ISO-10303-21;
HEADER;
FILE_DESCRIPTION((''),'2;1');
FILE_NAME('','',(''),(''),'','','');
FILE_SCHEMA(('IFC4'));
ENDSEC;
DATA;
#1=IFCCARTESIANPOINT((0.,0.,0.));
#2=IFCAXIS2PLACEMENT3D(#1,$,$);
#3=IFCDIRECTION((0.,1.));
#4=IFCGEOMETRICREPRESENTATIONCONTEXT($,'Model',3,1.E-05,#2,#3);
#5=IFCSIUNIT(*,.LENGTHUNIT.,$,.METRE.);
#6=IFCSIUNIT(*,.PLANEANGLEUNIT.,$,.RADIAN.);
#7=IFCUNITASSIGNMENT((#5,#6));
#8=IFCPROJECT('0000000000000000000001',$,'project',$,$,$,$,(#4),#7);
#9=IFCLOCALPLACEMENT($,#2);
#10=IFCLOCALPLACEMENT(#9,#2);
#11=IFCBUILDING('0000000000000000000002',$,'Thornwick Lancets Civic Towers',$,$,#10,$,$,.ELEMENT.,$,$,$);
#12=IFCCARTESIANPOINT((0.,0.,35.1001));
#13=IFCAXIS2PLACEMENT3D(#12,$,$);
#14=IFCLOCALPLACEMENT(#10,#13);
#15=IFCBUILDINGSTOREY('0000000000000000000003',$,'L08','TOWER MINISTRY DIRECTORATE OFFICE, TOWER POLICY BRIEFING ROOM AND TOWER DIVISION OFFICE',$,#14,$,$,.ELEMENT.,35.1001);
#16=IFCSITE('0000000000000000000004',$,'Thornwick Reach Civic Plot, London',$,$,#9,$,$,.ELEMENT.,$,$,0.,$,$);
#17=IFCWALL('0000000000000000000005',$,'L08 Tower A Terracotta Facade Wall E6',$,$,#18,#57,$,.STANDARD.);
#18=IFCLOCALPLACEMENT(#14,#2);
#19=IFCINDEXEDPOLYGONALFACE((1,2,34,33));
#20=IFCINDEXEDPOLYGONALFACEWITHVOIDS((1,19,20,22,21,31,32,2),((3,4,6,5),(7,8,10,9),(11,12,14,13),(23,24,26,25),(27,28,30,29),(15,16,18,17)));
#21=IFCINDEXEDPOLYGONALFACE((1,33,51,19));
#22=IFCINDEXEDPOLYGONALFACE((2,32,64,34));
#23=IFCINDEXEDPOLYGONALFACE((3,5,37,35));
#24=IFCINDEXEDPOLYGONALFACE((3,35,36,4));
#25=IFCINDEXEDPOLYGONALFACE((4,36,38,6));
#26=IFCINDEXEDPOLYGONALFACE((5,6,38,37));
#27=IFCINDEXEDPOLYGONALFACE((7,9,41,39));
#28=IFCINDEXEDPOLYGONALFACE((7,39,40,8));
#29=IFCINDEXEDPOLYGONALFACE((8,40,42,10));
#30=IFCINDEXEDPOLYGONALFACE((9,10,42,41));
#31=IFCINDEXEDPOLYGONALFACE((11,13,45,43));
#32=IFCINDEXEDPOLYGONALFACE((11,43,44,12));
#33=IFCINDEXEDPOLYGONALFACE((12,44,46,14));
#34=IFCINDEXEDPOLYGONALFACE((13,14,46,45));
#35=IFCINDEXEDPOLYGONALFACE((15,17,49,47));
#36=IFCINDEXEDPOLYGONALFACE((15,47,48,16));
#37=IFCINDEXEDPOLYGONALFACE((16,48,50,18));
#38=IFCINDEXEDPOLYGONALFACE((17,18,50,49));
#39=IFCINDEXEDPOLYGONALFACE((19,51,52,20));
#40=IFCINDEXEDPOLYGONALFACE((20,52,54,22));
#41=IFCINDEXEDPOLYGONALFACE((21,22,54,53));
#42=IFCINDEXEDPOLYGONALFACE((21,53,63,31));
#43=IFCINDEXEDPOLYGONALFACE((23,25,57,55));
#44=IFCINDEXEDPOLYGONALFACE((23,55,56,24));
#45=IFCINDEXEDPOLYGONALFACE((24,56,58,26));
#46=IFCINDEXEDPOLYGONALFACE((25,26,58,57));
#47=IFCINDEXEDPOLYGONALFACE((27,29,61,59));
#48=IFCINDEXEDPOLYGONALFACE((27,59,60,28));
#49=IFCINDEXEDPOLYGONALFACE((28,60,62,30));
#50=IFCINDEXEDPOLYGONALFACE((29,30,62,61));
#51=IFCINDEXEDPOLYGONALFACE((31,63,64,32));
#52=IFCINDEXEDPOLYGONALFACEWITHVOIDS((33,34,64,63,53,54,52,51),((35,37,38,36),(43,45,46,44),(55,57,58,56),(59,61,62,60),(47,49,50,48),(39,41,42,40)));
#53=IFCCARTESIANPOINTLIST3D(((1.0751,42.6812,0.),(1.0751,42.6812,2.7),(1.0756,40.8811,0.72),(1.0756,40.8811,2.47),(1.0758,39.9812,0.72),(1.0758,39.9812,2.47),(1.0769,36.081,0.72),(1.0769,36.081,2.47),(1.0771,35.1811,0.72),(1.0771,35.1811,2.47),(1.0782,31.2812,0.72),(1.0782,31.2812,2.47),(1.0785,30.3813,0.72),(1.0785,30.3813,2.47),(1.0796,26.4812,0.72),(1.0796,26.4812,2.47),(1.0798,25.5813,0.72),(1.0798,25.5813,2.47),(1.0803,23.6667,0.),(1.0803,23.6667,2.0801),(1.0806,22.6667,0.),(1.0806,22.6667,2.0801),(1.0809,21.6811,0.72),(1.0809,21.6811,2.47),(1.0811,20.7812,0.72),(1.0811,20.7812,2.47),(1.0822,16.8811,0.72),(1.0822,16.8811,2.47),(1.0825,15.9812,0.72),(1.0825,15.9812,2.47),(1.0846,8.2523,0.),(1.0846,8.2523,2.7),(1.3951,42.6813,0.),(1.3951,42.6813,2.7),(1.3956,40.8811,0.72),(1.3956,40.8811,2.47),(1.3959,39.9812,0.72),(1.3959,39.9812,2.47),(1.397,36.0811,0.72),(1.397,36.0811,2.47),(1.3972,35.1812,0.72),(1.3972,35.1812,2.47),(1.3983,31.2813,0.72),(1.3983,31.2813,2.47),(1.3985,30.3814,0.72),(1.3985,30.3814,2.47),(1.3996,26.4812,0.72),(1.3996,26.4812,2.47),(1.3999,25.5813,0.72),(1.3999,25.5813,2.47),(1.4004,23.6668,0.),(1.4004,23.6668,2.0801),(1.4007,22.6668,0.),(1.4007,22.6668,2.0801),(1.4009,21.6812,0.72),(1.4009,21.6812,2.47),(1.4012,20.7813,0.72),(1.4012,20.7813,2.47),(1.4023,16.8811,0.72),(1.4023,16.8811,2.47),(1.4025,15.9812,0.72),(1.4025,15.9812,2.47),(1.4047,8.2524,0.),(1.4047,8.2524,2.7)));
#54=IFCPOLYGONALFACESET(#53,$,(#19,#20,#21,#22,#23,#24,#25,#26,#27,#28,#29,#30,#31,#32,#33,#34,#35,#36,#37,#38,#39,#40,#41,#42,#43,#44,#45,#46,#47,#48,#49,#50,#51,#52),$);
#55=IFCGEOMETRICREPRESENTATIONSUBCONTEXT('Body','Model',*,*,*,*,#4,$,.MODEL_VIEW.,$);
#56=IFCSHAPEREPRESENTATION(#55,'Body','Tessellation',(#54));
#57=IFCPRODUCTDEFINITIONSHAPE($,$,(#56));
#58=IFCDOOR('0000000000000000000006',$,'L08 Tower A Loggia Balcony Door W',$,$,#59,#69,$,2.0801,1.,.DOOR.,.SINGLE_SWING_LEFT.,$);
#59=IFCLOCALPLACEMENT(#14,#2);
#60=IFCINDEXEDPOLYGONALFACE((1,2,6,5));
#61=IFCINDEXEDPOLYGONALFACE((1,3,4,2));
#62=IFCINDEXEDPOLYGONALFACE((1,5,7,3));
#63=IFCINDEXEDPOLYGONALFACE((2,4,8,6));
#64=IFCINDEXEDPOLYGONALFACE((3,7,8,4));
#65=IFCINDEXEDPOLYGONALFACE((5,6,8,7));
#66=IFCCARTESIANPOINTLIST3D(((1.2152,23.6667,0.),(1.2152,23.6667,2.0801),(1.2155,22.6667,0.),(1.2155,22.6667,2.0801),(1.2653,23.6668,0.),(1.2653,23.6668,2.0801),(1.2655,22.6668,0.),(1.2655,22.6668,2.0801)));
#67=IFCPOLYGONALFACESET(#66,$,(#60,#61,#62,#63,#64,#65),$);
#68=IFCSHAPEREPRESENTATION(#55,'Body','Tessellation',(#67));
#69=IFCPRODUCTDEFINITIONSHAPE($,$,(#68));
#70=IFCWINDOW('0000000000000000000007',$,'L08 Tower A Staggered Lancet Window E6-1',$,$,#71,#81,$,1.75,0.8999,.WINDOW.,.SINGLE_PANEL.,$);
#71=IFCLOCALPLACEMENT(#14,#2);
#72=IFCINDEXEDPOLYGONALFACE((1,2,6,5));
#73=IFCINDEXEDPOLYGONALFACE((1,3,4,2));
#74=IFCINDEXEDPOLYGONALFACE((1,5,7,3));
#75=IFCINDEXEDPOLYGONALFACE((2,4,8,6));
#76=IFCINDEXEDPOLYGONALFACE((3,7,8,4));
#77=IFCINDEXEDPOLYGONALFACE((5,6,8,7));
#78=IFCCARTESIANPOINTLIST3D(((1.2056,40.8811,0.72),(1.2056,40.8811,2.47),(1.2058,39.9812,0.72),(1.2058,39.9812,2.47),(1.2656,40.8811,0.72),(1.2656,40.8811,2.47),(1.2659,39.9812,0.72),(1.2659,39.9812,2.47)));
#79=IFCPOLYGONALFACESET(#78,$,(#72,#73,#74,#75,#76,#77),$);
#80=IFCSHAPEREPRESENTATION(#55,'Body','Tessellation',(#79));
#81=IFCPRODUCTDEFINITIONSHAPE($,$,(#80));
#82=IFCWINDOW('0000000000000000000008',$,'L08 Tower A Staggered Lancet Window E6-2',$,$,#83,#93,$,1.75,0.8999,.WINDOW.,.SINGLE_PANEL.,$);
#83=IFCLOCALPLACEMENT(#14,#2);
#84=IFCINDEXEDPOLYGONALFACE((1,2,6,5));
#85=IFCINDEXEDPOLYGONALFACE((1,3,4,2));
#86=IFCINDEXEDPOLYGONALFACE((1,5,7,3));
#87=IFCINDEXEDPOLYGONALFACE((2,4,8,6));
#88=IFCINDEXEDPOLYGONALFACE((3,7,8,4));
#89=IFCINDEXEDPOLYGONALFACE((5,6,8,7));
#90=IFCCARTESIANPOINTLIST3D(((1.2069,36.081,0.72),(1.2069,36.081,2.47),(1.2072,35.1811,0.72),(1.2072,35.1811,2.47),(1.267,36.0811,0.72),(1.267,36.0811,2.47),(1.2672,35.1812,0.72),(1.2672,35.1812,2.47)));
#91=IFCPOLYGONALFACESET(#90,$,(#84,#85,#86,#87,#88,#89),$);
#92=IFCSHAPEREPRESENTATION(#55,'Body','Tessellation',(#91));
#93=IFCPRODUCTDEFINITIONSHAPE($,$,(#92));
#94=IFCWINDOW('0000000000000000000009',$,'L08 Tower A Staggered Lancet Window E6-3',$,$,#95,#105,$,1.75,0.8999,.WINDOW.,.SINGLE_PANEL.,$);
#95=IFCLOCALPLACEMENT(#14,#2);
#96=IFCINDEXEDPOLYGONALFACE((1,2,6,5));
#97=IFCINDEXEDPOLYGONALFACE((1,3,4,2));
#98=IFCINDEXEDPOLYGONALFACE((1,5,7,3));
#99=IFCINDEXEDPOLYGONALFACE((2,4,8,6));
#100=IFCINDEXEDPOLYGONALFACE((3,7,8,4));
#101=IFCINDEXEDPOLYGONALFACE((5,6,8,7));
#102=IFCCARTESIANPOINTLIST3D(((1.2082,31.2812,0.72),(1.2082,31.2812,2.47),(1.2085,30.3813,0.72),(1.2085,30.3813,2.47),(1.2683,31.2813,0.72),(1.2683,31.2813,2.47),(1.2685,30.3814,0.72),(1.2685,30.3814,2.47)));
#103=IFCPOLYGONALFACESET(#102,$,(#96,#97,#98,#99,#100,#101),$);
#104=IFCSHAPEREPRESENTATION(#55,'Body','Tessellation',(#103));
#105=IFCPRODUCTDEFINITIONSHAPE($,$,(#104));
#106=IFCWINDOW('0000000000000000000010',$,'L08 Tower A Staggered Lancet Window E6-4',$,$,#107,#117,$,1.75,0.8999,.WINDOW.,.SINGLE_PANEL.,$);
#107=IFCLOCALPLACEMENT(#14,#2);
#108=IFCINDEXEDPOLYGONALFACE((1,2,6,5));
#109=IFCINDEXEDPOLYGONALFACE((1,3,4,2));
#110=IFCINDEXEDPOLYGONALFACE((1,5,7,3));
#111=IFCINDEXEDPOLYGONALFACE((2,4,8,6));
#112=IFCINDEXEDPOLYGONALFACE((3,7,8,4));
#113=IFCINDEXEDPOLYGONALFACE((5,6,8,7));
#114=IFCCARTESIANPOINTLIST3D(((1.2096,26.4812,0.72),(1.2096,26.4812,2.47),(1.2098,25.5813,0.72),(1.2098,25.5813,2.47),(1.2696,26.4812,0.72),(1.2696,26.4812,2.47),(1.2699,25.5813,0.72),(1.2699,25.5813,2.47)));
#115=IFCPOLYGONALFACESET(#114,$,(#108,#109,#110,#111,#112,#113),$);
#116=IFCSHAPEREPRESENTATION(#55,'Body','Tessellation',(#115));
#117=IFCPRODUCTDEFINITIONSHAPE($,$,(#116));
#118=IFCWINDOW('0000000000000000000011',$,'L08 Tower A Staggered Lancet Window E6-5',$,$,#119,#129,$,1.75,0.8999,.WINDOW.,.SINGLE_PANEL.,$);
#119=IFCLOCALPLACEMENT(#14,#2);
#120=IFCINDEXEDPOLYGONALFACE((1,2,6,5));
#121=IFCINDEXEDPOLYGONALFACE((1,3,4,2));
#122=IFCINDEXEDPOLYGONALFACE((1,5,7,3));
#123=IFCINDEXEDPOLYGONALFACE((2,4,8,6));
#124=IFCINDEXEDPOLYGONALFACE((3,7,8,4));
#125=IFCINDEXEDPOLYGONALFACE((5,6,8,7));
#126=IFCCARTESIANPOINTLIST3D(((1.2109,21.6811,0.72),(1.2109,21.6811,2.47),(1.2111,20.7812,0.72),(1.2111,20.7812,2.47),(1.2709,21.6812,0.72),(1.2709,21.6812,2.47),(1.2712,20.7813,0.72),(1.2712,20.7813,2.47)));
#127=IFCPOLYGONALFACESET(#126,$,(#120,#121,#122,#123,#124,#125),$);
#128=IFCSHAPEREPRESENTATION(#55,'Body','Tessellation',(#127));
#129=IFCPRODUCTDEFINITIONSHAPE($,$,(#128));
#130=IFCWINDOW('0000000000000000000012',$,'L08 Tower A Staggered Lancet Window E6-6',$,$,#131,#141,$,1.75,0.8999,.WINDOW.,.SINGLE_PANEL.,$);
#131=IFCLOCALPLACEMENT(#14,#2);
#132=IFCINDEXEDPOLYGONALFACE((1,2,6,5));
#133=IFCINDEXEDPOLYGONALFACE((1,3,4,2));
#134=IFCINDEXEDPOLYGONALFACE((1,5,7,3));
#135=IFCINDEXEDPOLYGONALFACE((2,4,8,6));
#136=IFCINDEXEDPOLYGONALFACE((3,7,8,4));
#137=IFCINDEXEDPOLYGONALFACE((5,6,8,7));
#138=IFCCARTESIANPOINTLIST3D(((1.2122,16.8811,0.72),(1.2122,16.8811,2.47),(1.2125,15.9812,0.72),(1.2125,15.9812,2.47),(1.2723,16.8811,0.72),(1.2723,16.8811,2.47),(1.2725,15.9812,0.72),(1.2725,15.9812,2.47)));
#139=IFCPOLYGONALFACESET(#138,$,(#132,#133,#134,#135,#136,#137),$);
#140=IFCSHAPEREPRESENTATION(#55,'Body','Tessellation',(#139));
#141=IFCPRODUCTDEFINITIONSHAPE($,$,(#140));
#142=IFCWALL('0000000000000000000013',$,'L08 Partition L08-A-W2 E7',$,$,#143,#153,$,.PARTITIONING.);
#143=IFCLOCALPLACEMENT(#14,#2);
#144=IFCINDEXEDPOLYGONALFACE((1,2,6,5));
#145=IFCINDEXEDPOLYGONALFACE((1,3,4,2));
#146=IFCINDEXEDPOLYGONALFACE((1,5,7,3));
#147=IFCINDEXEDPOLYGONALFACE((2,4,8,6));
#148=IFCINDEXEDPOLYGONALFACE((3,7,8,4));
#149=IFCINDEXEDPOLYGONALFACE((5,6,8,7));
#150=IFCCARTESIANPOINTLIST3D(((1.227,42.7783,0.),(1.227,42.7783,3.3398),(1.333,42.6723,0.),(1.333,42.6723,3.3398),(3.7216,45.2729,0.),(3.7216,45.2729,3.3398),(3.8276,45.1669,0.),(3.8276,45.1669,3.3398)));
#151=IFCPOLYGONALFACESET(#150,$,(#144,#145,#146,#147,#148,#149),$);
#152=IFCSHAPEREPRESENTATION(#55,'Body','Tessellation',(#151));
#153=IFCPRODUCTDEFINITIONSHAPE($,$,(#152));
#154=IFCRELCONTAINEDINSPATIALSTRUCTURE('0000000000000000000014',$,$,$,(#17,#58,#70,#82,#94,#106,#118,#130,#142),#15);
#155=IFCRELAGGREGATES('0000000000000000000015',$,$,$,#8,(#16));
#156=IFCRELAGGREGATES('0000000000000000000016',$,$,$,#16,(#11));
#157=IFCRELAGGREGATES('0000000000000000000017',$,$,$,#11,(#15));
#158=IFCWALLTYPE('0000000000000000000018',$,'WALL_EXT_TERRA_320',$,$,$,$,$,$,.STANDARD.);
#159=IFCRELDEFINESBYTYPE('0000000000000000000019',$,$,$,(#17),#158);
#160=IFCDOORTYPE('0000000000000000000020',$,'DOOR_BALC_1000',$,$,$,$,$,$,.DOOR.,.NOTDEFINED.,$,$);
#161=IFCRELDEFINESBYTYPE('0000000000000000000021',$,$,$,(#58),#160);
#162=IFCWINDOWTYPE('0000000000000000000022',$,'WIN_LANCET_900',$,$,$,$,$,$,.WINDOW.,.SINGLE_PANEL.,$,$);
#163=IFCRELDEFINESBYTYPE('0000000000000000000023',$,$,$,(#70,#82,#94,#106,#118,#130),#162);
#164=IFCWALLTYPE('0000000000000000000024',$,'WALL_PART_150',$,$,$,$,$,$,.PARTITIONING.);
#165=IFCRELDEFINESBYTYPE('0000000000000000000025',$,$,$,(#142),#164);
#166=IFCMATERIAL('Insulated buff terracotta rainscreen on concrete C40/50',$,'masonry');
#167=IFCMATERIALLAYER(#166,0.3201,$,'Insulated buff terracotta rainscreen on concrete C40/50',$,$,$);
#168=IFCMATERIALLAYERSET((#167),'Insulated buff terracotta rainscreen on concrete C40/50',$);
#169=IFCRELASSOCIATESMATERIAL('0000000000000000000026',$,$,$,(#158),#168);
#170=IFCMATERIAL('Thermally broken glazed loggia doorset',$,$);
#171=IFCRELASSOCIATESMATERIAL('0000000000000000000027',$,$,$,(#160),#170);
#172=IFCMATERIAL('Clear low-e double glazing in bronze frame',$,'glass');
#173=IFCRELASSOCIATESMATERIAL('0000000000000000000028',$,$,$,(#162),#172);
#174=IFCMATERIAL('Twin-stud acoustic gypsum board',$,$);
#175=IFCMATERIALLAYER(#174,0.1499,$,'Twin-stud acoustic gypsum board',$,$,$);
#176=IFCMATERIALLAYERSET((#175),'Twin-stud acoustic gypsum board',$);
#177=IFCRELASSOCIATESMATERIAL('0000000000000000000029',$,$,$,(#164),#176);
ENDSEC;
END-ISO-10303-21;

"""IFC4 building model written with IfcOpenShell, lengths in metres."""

from ifc_helpers import new_model, si_unit, direction, frame, frame_2d, origin, place, context, subcontext, project, spatial, rectangle, extrude, material, layer, layer_set, type_object, element, fill, save


model = new_model("IFC4")

# Units and contexts
model_context = context("Model", 3, precision=1e-05, world=origin(), true_north=direction((0.0, 1.0)))
body_context = subcontext(model_context, "Body", "Model", "MODEL_VIEW")
ifc_project = project(units=[si_unit("LENGTHUNIT", "METRE"), si_unit("PLANEANGLEUNIT", "RADIAN")], contexts=[model_context])

# Site, building, storey
site_placement = place(None, origin())
site = spatial("IfcSite", under=ifc_project, at=site_placement, Name="Thornwick Reach Civic Plot, London", CompositionType="ELEMENT", RefElevation=0.0)
building_placement = place(site_placement, origin())
building = spatial("IfcBuilding", under=site, at=building_placement, Name="Thornwick Lancets Civic Towers", CompositionType="ELEMENT")
storey_placement = place(building_placement, frame((0.0, 0.0, 35.1001)))
storey = spatial("IfcBuildingStorey", under=building, at=storey_placement, Name="L08", Description="TOWER MINISTRY DIRECTORATE OFFICE, TOWER POLICY BRIEFING ROOM AND TOWER DIVISION OFFICE", CompositionType="ELEMENT", Elevation=35.1001)

# Wall, openings, door, windows
ifc_material_1 = material(Name="Insulated buff terracotta rainscreen on concrete C40/50", Category="masonry")
ifc_layer_1 = layer(ifc_material_1, 0.3201, Name="Insulated buff terracotta rainscreen on concrete C40/50")
ifc_layer_set_1 = layer_set([ifc_layer_1], Name="Insulated buff terracotta rainscreen on concrete C40/50")
wall_type_1 = type_object("IfcWallType", Name="WALL_EXT_TERRA_320", PredefinedType="STANDARD", material=ifc_layer_set_1)
wall_1_placement = place(storey_placement, frame((1.2351, 42.6812, 0.0), z_axis=(0.0, 0.0, 1.0), x_axis=(0.000277, -1.0, 0.0)))
wall_1 = element("IfcWall", 1, at=wall_1_placement, inside=storey, type_object=wall_type_1, Name="L08 Tower A Terracotta Facade Wall E6", PredefinedType="STANDARD", context=body_context, shape_type="SweptSolid", body=[
    extrude(rectangle(XDim=34.429, YDim=0.3201, at=frame_2d((17.2144, 0.0))), origin(), (0.0, 0.0, 1.0), 2.7),
])
opening_1_placement = place(wall_1_placement, frame((19.0144, 0.0, 0.0)))
opening_1 = element("IfcOpeningElement", 2, at=opening_1_placement, cuts=wall_1, PredefinedType="OPENING", context=body_context, shape_type="SweptSolid", body=[
    extrude(rectangle(XDim=1.0, YDim=2.0801, at=frame_2d((0.5, 1.04))), frame((0.0, 0.1699, 0.0), z_axis=(0.0, -1.0, 0.0), x_axis=(1.0, 0.0, 0.0)), (0.0, 0.0, 1.0), 0.3401),
])
opening_2_placement = place(wall_1_placement, frame((1.8, 0.0, 0.72)))
opening_2 = element("IfcOpeningElement", 3, at=opening_2_placement, cuts=wall_1, PredefinedType="OPENING", context=body_context, shape_type="SweptSolid", body=[
    extrude(rectangle(XDim=0.8999, YDim=1.75, at=frame_2d((0.45, 0.875))), frame((0.0, 0.1699, 0.0), z_axis=(0.0, -1.0, 0.0), x_axis=(1.0, 0.0, 0.0)), (0.0, 0.0, 1.0), 0.3401),
])
opening_3_placement = place(wall_1_placement, frame((6.6001, 0.0, 0.72)))
opening_3 = element("IfcOpeningElement", 4, at=opening_3_placement, cuts=wall_1, PredefinedType="OPENING", context=body_context, shape_type="SweptSolid", body=[
    extrude(rectangle(XDim=0.8999, YDim=1.75, at=frame_2d((0.45, 0.875))), frame((0.0, 0.1699, 0.0), z_axis=(0.0, -1.0, 0.0), x_axis=(1.0, 0.0, 0.0)), (0.0, 0.0, 1.0), 0.3401),
])
opening_4_placement = place(wall_1_placement, frame((11.3999, 0.0, 0.72)))
opening_4 = element("IfcOpeningElement", 5, at=opening_4_placement, cuts=wall_1, PredefinedType="OPENING", context=body_context, shape_type="SweptSolid", body=[
    extrude(rectangle(XDim=0.8999, YDim=1.75, at=frame_2d((0.45, 0.875))), frame((0.0, 0.1699, 0.0), z_axis=(0.0, -1.0, 0.0), x_axis=(1.0, 0.0, 0.0)), (0.0, 0.0, 1.0), 0.3401),
])
opening_5_placement = place(wall_1_placement, frame((16.2, 0.0, 0.72)))
opening_5 = element("IfcOpeningElement", 6, at=opening_5_placement, cuts=wall_1, PredefinedType="OPENING", context=body_context, shape_type="SweptSolid", body=[
    extrude(rectangle(XDim=0.8999, YDim=1.75, at=frame_2d((0.45, 0.875))), frame((0.0, 0.1699, 0.0), z_axis=(0.0, -1.0, 0.0), x_axis=(1.0, 0.0, 0.0)), (0.0, 0.0, 1.0), 0.3401),
])
opening_6_placement = place(wall_1_placement, frame((21.0, 0.0, 0.72)))
opening_6 = element("IfcOpeningElement", 7, at=opening_6_placement, cuts=wall_1, PredefinedType="OPENING", context=body_context, shape_type="SweptSolid", body=[
    extrude(rectangle(XDim=0.8999, YDim=1.75, at=frame_2d((0.45, 0.875))), frame((0.0, 0.1699, 0.0), z_axis=(0.0, -1.0, 0.0), x_axis=(1.0, 0.0, 0.0)), (0.0, 0.0, 1.0), 0.3401),
])
opening_7_placement = place(wall_1_placement, frame((25.8, 0.0, 0.72)))
opening_7 = element("IfcOpeningElement", 8, at=opening_7_placement, cuts=wall_1, PredefinedType="OPENING", context=body_context, shape_type="SweptSolid", body=[
    extrude(rectangle(XDim=0.8999, YDim=1.75, at=frame_2d((0.45, 0.875))), frame((0.0, 0.1699, 0.0), z_axis=(0.0, -1.0, 0.0), x_axis=(1.0, 0.0, 0.0)), (0.0, 0.0, 1.0), 0.3401),
])
ifc_material_2 = material(Name="Thermally broken glazed loggia doorset")
door_type = type_object("IfcDoorType", Name="DOOR_BALC_1000", OperationType="NOTDEFINED", PredefinedType="DOOR", material=ifc_material_2)
door_placement = place(opening_1_placement, origin())
door = element("IfcDoor", 9, at=door_placement, inside=storey, type_object=door_type, Name="L08 Tower A Loggia Balcony Door W", OperationType="SINGLE_SWING_LEFT", OverallHeight=2.0801, OverallWidth=1.0, PredefinedType="DOOR", context=body_context, shape_type="SweptSolid", body=[
    extrude(rectangle(XDim=1.0, YDim=2.0801, at=frame_2d((0.5, 1.04))), frame((0.0, 0.0249, 0.0), z_axis=(0.0, -1.0, 0.0), x_axis=(1.0, 0.0, 0.0)), (0.0, 0.0, 1.0), 0.05),
])
fill(opening_1, door)
ifc_material_3 = material(Name="Clear low-e double glazing in bronze frame", Category="glass")
window_type = type_object("IfcWindowType", Name="WIN_LANCET_900", PartitioningType="SINGLE_PANEL", PredefinedType="WINDOW", material=ifc_material_3)
window_1_placement = place(opening_2_placement, origin())
window_1 = element("IfcWindow", 10, at=window_1_placement, inside=storey, type_object=window_type, Name="L08 Tower A Staggered Lancet Window E6-1", OverallHeight=1.75, OverallWidth=0.8999, PartitioningType="SINGLE_PANEL", PredefinedType="WINDOW", context=body_context, shape_type="SweptSolid", body=[
    extrude(rectangle(XDim=0.8999, YDim=1.75, at=frame_2d((0.45, 0.875))), frame((0.0, 0.03, 0.0), z_axis=(0.0, -1.0, 0.0), x_axis=(1.0, 0.0, 0.0)), (0.0, 0.0, 1.0), 0.0601),
])
fill(opening_2, window_1)
window_2_placement = place(opening_3_placement, origin())
window_2 = element("IfcWindow", 11, at=window_2_placement, inside=storey, type_object=window_type, Name="L08 Tower A Staggered Lancet Window E6-2", OverallHeight=1.75, OverallWidth=0.8999, PartitioningType="SINGLE_PANEL", PredefinedType="WINDOW", context=body_context, shape_type="SweptSolid", body=[
    extrude(rectangle(XDim=0.8999, YDim=1.75, at=frame_2d((0.45, 0.875))), frame((0.0, 0.03, 0.0), z_axis=(0.0, -1.0, 0.0), x_axis=(1.0, 0.0, 0.0)), (0.0, 0.0, 1.0), 0.0601),
])
fill(opening_3, window_2)
window_3_placement = place(opening_4_placement, origin())
window_3 = element("IfcWindow", 12, at=window_3_placement, inside=storey, type_object=window_type, Name="L08 Tower A Staggered Lancet Window E6-3", OverallHeight=1.75, OverallWidth=0.8999, PartitioningType="SINGLE_PANEL", PredefinedType="WINDOW", context=body_context, shape_type="SweptSolid", body=[
    extrude(rectangle(XDim=0.8999, YDim=1.75, at=frame_2d((0.45, 0.875))), frame((0.0, 0.03, 0.0), z_axis=(0.0, -1.0, 0.0), x_axis=(1.0, 0.0, 0.0)), (0.0, 0.0, 1.0), 0.0601),
])
fill(opening_4, window_3)
window_4_placement = place(opening_5_placement, origin())
window_4 = element("IfcWindow", 13, at=window_4_placement, inside=storey, type_object=window_type, Name="L08 Tower A Staggered Lancet Window E6-4", OverallHeight=1.75, OverallWidth=0.8999, PartitioningType="SINGLE_PANEL", PredefinedType="WINDOW", context=body_context, shape_type="SweptSolid", body=[
    extrude(rectangle(XDim=0.8999, YDim=1.75, at=frame_2d((0.45, 0.875))), frame((0.0, 0.03, 0.0), z_axis=(0.0, -1.0, 0.0), x_axis=(1.0, 0.0, 0.0)), (0.0, 0.0, 1.0), 0.0601),
])
fill(opening_5, window_4)
window_5_placement = place(opening_6_placement, origin())
window_5 = element("IfcWindow", 14, at=window_5_placement, inside=storey, type_object=window_type, Name="L08 Tower A Staggered Lancet Window E6-5", OverallHeight=1.75, OverallWidth=0.8999, PartitioningType="SINGLE_PANEL", PredefinedType="WINDOW", context=body_context, shape_type="SweptSolid", body=[
    extrude(rectangle(XDim=0.8999, YDim=1.75, at=frame_2d((0.45, 0.875))), frame((0.0, 0.03, 0.0), z_axis=(0.0, -1.0, 0.0), x_axis=(1.0, 0.0, 0.0)), (0.0, 0.0, 1.0), 0.0601),
])
fill(opening_6, window_5)
window_6_placement = place(opening_7_placement, origin())
window_6 = element("IfcWindow", 15, at=window_6_placement, inside=storey, type_object=window_type, Name="L08 Tower A Staggered Lancet Window E6-6", OverallHeight=1.75, OverallWidth=0.8999, PartitioningType="SINGLE_PANEL", PredefinedType="WINDOW", context=body_context, shape_type="SweptSolid", body=[
    extrude(rectangle(XDim=0.8999, YDim=1.75, at=frame_2d((0.45, 0.875))), frame((0.0, 0.03, 0.0), z_axis=(0.0, -1.0, 0.0), x_axis=(1.0, 0.0, 0.0)), (0.0, 0.0, 1.0), 0.0601),
])
fill(opening_7, window_6)

# Wall
ifc_material_4 = material(Name="Twin-stud acoustic gypsum board")
ifc_layer_2 = layer(ifc_material_4, 0.1499, Name="Twin-stud acoustic gypsum board")
ifc_layer_set_2 = layer_set([ifc_layer_2], Name="Twin-stud acoustic gypsum board")
wall_type_2 = type_object("IfcWallType", Name="WALL_PART_150", PredefinedType="PARTITIONING", material=ifc_layer_set_2)
wall_2_placement = place(storey_placement, frame((1.28, 42.7253, 0.0), z_axis=(0.0, 0.0, 1.0), x_axis=(0.707107, 0.707107, 0.0)))
element("IfcWall", 16, at=wall_2_placement, inside=storey, type_object=wall_type_2, Name="L08 Partition L08-A-W2 E7", PredefinedType="PARTITIONING", context=body_context, shape_type="SweptSolid", body=[
    extrude(rectangle(XDim=3.5278, YDim=0.1499, at=frame_2d((1.7639, 0.0))), origin(), (0.0, 0.0, 1.0), 3.3398),
])

save(model, "model.ifc")
